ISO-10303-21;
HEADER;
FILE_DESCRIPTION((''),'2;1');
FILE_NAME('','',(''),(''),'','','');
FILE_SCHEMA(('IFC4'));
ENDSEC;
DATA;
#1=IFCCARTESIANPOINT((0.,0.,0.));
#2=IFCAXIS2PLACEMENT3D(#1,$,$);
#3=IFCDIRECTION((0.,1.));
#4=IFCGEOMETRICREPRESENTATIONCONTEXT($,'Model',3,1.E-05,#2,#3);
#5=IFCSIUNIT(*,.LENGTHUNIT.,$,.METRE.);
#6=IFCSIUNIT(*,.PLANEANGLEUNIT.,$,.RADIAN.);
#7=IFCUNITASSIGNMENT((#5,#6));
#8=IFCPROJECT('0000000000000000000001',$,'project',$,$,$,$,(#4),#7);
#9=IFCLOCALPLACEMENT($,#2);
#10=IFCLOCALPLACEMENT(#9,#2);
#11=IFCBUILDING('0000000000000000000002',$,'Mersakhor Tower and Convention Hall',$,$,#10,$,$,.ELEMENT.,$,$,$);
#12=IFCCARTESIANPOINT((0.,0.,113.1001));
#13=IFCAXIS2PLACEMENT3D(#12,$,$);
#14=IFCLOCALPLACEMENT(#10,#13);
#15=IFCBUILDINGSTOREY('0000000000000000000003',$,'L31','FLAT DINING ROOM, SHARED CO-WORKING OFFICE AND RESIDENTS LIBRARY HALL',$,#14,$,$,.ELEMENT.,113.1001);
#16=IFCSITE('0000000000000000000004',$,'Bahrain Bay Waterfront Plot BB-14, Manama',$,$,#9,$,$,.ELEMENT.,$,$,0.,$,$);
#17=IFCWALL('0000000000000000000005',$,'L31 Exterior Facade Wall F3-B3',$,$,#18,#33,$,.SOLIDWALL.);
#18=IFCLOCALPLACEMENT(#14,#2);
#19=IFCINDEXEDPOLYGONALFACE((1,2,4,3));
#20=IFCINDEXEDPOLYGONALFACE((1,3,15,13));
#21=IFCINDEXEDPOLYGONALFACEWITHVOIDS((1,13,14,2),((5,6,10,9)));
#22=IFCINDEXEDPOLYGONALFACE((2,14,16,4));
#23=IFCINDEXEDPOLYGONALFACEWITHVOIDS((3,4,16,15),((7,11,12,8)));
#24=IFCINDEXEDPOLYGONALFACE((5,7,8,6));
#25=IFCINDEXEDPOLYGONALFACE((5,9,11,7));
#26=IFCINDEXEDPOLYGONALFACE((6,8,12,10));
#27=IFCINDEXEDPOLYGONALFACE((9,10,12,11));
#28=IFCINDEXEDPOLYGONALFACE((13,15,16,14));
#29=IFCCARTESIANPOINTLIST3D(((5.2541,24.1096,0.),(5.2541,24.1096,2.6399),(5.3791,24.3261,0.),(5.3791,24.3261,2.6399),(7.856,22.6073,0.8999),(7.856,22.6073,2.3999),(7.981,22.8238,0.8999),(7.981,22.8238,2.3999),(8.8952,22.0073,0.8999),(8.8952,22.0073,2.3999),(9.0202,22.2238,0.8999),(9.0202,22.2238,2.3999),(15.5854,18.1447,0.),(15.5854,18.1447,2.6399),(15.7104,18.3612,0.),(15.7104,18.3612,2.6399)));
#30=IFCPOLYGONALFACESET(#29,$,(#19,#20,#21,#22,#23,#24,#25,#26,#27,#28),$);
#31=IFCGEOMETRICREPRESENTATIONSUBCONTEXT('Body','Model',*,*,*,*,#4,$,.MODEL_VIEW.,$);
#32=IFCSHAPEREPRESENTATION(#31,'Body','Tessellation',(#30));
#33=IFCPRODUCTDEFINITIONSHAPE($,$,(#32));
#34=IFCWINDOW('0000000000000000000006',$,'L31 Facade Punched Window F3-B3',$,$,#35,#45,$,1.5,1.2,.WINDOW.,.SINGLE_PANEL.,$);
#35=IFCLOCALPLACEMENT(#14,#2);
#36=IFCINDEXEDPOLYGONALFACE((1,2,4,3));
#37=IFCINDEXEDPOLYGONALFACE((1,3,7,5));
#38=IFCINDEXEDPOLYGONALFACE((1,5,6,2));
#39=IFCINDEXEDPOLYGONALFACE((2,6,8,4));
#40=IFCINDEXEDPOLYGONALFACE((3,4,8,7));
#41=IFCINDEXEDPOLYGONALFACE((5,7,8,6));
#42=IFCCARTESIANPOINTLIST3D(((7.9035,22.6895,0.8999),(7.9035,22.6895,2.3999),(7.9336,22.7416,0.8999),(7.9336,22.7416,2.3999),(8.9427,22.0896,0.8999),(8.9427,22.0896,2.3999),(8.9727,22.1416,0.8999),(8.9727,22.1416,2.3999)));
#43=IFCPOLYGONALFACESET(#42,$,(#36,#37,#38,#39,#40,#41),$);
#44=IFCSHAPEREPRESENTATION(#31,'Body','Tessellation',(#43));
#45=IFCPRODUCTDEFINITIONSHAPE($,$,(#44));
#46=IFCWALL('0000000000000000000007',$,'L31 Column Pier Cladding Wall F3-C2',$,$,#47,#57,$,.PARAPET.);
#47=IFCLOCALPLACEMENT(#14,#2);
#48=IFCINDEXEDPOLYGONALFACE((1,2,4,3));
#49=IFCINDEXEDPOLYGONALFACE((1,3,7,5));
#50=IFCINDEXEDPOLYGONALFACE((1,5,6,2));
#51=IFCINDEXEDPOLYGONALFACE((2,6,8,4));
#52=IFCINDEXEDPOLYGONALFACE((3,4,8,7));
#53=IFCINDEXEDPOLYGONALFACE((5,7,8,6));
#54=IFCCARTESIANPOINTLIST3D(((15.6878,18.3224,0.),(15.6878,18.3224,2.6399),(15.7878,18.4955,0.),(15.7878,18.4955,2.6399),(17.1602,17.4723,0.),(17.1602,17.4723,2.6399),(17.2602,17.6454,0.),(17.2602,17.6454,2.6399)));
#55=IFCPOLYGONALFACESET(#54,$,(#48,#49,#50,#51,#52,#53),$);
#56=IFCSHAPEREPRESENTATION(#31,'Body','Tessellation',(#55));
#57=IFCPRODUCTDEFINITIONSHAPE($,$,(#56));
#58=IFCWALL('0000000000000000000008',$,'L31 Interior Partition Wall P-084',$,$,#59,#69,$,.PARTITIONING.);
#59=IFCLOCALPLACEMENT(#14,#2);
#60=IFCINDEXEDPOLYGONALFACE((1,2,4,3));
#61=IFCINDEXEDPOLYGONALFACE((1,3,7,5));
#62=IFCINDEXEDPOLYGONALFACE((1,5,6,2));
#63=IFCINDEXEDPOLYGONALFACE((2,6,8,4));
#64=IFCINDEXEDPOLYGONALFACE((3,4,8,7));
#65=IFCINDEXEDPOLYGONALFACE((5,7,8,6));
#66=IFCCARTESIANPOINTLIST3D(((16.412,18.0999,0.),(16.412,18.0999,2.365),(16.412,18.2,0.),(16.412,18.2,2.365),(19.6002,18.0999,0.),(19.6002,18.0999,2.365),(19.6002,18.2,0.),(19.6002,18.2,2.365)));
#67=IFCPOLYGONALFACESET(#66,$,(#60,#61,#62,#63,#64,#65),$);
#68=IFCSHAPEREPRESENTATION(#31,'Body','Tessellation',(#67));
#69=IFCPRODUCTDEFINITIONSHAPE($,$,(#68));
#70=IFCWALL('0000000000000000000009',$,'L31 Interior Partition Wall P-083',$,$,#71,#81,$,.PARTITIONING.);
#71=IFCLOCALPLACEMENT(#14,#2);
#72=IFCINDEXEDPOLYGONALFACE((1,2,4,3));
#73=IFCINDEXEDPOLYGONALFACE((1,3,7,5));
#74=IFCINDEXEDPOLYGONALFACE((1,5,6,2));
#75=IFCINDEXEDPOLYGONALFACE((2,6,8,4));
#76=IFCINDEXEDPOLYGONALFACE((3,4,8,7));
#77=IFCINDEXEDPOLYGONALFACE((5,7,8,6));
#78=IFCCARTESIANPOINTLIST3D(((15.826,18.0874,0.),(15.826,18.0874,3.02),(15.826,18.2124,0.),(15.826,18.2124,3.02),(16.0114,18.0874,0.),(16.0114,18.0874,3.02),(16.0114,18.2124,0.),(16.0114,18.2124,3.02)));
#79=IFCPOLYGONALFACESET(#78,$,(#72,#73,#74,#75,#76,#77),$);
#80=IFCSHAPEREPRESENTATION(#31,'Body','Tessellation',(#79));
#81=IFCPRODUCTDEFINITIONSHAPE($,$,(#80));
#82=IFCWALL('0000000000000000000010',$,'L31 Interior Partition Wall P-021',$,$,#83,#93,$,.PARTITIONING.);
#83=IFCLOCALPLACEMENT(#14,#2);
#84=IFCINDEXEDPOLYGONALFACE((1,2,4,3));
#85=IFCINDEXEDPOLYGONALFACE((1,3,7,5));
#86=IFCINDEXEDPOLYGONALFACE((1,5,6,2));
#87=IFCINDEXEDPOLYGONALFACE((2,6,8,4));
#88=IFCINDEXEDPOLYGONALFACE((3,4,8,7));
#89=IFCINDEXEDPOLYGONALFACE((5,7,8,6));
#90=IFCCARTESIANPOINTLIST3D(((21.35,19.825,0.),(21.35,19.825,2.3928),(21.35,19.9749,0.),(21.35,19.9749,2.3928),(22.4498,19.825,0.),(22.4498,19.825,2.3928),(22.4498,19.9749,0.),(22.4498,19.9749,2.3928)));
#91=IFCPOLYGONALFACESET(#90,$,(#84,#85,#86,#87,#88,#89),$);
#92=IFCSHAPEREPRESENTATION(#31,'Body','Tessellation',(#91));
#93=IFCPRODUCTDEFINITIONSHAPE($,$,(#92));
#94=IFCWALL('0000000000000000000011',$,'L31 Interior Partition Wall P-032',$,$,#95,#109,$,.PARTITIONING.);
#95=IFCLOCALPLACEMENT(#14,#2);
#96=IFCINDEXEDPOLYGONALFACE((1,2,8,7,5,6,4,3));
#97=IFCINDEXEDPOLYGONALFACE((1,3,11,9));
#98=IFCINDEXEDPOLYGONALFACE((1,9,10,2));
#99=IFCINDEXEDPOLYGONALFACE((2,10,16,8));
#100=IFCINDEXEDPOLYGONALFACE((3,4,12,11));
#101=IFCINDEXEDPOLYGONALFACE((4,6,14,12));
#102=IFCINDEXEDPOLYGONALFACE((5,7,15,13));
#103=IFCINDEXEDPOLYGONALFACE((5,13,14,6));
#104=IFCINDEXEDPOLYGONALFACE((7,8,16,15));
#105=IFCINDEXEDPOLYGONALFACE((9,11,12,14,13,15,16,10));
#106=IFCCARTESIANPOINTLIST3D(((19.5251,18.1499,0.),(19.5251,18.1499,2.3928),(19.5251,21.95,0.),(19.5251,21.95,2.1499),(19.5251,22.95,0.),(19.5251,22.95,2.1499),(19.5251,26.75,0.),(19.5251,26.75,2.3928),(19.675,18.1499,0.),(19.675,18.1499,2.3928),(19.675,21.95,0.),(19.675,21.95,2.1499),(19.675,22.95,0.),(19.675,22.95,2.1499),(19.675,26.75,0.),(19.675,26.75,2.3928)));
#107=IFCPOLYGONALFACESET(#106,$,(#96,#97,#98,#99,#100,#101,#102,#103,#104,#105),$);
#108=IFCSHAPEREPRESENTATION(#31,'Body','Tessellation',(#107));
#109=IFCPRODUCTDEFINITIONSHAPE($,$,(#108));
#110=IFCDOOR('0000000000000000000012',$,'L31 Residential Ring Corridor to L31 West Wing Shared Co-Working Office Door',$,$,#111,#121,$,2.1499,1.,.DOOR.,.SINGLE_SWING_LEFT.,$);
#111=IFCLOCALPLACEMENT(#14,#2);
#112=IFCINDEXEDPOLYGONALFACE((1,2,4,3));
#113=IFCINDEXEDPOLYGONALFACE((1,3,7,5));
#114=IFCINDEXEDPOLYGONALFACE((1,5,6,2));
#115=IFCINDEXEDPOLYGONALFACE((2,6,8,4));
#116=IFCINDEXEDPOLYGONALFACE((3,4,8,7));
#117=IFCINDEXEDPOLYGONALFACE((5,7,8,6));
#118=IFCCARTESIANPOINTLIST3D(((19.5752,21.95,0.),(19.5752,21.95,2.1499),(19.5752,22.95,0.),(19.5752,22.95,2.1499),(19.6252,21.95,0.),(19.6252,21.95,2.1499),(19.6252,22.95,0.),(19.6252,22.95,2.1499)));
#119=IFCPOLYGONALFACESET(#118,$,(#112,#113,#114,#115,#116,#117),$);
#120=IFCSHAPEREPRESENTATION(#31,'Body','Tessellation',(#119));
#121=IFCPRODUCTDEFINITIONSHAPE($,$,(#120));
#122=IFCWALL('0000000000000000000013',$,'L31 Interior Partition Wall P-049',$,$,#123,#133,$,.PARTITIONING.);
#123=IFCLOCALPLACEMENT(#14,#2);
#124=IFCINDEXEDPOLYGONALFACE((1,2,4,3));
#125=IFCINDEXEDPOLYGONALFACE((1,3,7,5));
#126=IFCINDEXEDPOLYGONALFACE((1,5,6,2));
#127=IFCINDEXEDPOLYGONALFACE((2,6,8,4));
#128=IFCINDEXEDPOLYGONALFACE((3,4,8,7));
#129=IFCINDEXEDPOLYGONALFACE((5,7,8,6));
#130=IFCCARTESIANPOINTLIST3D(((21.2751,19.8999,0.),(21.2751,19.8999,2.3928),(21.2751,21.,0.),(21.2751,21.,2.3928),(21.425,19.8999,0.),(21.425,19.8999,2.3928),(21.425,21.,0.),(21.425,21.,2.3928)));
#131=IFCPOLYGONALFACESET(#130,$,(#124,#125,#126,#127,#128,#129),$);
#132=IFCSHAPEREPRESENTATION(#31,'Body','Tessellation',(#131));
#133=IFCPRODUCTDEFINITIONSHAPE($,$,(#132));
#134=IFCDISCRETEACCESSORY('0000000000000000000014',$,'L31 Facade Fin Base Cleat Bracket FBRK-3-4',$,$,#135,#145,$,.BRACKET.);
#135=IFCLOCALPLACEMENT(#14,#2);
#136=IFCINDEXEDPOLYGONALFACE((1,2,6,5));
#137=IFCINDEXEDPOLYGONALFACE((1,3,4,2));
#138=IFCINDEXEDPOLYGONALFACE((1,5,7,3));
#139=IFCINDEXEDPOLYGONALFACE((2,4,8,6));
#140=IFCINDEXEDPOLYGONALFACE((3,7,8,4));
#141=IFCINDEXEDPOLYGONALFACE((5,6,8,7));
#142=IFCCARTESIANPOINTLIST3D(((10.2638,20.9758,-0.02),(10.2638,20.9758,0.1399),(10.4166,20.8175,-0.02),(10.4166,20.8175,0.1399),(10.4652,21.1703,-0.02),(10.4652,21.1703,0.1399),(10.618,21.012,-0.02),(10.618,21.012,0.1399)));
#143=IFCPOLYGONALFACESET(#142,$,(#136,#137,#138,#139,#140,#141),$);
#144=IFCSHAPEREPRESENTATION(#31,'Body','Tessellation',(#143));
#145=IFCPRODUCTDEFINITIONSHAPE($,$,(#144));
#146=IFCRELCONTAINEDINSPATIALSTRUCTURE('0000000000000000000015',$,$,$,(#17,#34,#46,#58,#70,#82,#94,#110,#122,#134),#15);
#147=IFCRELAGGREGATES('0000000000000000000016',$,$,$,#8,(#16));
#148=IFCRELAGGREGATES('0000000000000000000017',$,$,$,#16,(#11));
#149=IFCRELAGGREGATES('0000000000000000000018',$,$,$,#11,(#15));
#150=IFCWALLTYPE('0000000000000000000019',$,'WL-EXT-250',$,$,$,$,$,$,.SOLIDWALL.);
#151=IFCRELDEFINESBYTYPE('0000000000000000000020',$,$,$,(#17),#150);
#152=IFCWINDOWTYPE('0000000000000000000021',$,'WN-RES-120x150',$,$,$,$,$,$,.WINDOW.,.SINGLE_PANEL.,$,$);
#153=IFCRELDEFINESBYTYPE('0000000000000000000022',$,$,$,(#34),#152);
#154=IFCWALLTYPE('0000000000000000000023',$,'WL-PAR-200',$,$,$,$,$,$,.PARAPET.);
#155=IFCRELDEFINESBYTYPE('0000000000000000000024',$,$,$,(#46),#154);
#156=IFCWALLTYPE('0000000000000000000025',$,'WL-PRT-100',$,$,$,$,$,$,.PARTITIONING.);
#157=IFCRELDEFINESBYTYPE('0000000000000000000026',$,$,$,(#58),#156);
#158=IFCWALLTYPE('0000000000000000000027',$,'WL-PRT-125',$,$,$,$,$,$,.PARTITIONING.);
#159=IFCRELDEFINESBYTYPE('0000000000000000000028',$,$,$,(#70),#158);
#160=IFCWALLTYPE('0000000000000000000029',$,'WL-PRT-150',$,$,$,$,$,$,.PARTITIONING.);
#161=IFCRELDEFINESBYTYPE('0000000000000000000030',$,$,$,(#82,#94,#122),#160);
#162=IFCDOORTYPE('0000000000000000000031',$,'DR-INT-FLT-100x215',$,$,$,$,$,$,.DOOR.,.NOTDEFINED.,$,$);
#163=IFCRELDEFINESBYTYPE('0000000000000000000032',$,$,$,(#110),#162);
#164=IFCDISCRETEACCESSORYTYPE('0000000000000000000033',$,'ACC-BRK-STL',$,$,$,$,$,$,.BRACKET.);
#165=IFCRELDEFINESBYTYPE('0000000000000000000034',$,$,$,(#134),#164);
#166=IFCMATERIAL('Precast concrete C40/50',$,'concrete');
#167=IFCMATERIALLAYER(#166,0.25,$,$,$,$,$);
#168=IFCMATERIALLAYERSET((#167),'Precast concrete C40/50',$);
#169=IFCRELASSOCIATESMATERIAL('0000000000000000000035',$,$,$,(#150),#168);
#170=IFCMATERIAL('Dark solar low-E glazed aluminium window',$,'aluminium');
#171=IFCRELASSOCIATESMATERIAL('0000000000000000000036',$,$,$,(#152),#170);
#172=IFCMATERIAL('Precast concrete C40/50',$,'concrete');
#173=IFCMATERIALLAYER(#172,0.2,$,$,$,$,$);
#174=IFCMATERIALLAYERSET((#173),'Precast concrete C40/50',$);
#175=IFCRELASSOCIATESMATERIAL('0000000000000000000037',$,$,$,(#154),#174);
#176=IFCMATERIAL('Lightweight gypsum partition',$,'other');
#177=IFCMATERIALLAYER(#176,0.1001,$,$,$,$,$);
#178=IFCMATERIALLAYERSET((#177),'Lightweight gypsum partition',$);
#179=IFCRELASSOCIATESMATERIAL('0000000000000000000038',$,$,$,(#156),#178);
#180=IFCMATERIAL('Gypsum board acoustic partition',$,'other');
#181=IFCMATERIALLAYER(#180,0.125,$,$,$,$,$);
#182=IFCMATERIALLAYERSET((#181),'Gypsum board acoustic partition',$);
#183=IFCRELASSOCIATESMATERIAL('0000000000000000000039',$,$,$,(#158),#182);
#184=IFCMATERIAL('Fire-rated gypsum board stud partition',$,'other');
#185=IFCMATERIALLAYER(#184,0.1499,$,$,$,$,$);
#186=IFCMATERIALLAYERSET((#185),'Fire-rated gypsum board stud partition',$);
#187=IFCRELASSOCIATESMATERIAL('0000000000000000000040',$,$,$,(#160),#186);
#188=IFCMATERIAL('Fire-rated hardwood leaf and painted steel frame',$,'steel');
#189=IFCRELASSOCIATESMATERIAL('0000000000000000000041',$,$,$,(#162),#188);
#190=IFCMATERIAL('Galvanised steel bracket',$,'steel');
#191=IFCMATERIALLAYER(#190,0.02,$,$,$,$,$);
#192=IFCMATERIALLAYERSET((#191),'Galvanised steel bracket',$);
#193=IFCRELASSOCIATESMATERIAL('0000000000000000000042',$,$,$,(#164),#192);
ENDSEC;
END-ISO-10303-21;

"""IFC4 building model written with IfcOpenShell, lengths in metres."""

from ifc_helpers import new_model, si_unit, direction, frame, frame_2d, origin, origin_2d, place, context, subcontext, project, spatial, rectangle, extrude, material, layer, layer_set, type_object, element, fill, save


model = new_model("IFC4")

# Units and contexts
model_context = context("Model", 3, precision=1e-05, world=origin(), true_north=direction((0.0, 1.0)))
body_context = subcontext(model_context, "Body", "Model", "MODEL_VIEW")
ifc_project = project(units=[si_unit("LENGTHUNIT", "METRE"), si_unit("PLANEANGLEUNIT", "RADIAN")], contexts=[model_context])

# Site, building, storey
site_placement = place(None, origin())
site = spatial("IfcSite", under=ifc_project, at=site_placement, Name="Bahrain Bay Waterfront Plot BB-14, Manama", CompositionType="ELEMENT", RefElevation=0.0)
building_placement = place(site_placement, origin())
building = spatial("IfcBuilding", under=site, at=building_placement, Name="Mersakhor Tower and Convention Hall", CompositionType="ELEMENT")
storey_placement = place(building_placement, frame((0.0, 0.0, 113.1001)))
storey = spatial("IfcBuildingStorey", under=building, at=storey_placement, Name="L31", Description="FLAT DINING ROOM, SHARED CO-WORKING OFFICE AND RESIDENTS LIBRARY HALL", CompositionType="ELEMENT", Elevation=113.1001)

# Shared definitions
ifc_material_1 = material(Name="Precast concrete C40/50", Category="concrete")
ifc_layer_1 = layer(ifc_material_1, 0.25)
ifc_layer_set_1 = layer_set([ifc_layer_1], Name="Precast concrete C40/50")
wall_type_1 = type_object("IfcWallType", Name="WL-EXT-250", PredefinedType="SOLIDWALL", material=ifc_layer_set_1)

# Wall, opening, window
wall_1_placement = place(storey_placement, frame((15.6479, 18.2529, 0.0), z_axis=(0.0, 0.0, 1.0), x_axis=(-0.866023, 0.500004, 0.0)))
wall_1 = element("IfcWall", 1, at=wall_1_placement, inside=storey, type_object=wall_type_1, Name="L31 Exterior Facade Wall F3-B3", PredefinedType="SOLIDWALL", context=body_context, shape_type="SweptSolid", body=[
    extrude(rectangle(XDim=11.9297, YDim=0.25, at=frame_2d((5.9648, 0.0))), origin(), (0.0, 0.0, 1.0), 2.6399),
])
opening_1_placement = place(wall_1_placement, frame((7.7251, 0.0, 0.8999)))
opening_1 = element("IfcOpeningElement", 2, at=opening_1_placement, cuts=wall_1, PredefinedType="OPENING", context=body_context, shape_type="SweptSolid", body=[
    extrude(rectangle(XDim=1.2, YDim=1.5, at=frame_2d((0.6001, 0.75))), frame((0.0, 0.135, 0.0), z_axis=(0.0, -1.0, 0.0), x_axis=(1.0, 0.0, 0.0)), (0.0, 0.0, 1.0), 0.27),
])
ifc_material_2 = material(Name="Dark solar low-E glazed aluminium window", Category="aluminium")
window_type = type_object("IfcWindowType", Name="WN-RES-120x150", PartitioningType="SINGLE_PANEL", PredefinedType="WINDOW", material=ifc_material_2)
window_placement = place(opening_1_placement, origin())
window = element("IfcWindow", 3, at=window_placement, inside=storey, type_object=window_type, Name="L31 Facade Punched Window F3-B3", OverallHeight=1.5, OverallWidth=1.2, PartitioningType="SINGLE_PANEL", PredefinedType="WINDOW", context=body_context, shape_type="SweptSolid", body=[
    extrude(rectangle(XDim=1.2, YDim=1.5, at=frame_2d((0.6001, 0.75))), frame((0.0, 0.03, 0.0), z_axis=(0.0, -1.0, 0.0), x_axis=(1.0, 0.0, 0.0)), (0.0, 0.0, 1.0), 0.0601),
])
fill(opening_1, window)

# Walls
ifc_material_3 = material(Name="Precast concrete C40/50", Category="concrete")
ifc_layer_2 = layer(ifc_material_3, 0.2)
ifc_layer_set_2 = layer_set([ifc_layer_2], Name="Precast concrete C40/50")
wall_type_2 = type_object("IfcWallType", Name="WL-PAR-200", PredefinedType="PARAPET", material=ifc_layer_set_2)
wall_2_placement = place(storey_placement, frame((17.2102, 17.5588, 0.0), z_axis=(0.0, 0.0, 1.0), x_axis=(-0.866025, 0.5, 0.0)))
element("IfcWall", 4, at=wall_2_placement, inside=storey, type_object=wall_type_2, Name="L31 Column Pier Cladding Wall F3-C2", PredefinedType="PARAPET", context=body_context, shape_type="SweptSolid", body=[
    extrude(rectangle(XDim=1.7002, YDim=0.2, at=frame_2d((0.8501, 0.0))), origin(), (0.0, 0.0, 1.0), 2.6399),
])
ifc_material_4 = material(Name="Lightweight gypsum partition", Category="other")
ifc_layer_3 = layer(ifc_material_4, 0.1001)
ifc_layer_set_3 = layer_set([ifc_layer_3], Name="Lightweight gypsum partition")
wall_type_3 = type_object("IfcWallType", Name="WL-PRT-100", PredefinedType="PARTITIONING", material=ifc_layer_set_3)
wall_3_placement = place(storey_placement, frame((16.4119, 18.1499, 0.0), z_axis=(0.0, 0.0, 1.0), x_axis=(1.0, 0.0, 0.0)))
element("IfcWall", 5, at=wall_3_placement, inside=storey, type_object=wall_type_3, Name="L31 Interior Partition Wall P-084", PredefinedType="PARTITIONING", context=body_context, shape_type="SweptSolid", body=[
    extrude(rectangle(XDim=3.1882, YDim=0.1001, at=frame_2d((1.5942, 0.0))), origin(), (0.0, 0.0, 1.0), 2.365),
])
ifc_material_5 = material(Name="Gypsum board acoustic partition", Category="other")
ifc_layer_4 = layer(ifc_material_5, 0.125)
ifc_layer_set_4 = layer_set([ifc_layer_4], Name="Gypsum board acoustic partition")
wall_type_4 = type_object("IfcWallType", Name="WL-PRT-125", PredefinedType="PARTITIONING", material=ifc_layer_set_4)
wall_4_placement = place(storey_placement, frame((15.8259, 18.1499, 0.0), z_axis=(0.0, 0.0, 1.0), x_axis=(1.0, 0.0, 0.0)))
element("IfcWall", 6, at=wall_4_placement, inside=storey, type_object=wall_type_4, Name="L31 Interior Partition Wall P-083", PredefinedType="PARTITIONING", context=body_context, shape_type="SweptSolid", body=[
    extrude(rectangle(XDim=0.1853, YDim=0.125, at=frame_2d((0.0928, 0.0))), origin(), (0.0, 0.0, 1.0), 3.02),
])
ifc_material_6 = material(Name="Fire-rated gypsum board stud partition", Category="other")
ifc_layer_5 = layer(ifc_material_6, 0.1499)
ifc_layer_set_5 = layer_set([ifc_layer_5], Name="Fire-rated gypsum board stud partition")
wall_type_5 = type_object("IfcWallType", Name="WL-PRT-150", PredefinedType="PARTITIONING", material=ifc_layer_set_5)
wall_5_placement = place(storey_placement, frame((21.3501, 19.8999, 0.0), z_axis=(0.0, 0.0, 1.0), x_axis=(1.0, 0.0, 0.0)))
element("IfcWall", 7, at=wall_5_placement, inside=storey, type_object=wall_type_5, Name="L31 Interior Partition Wall P-021", PredefinedType="PARTITIONING", context=body_context, shape_type="SweptSolid", body=[
    extrude(rectangle(XDim=1.0999, YDim=0.1499, at=frame_2d((0.5498, 0.0))), origin(), (0.0, 0.0, 1.0), 2.3928),
])

# Wall, opening, door
ifc_material_7 = material(Name="Fire-rated hardwood leaf and painted steel frame", Category="steel")
door_type = type_object("IfcDoorType", Name="DR-INT-FLT-100x215", OperationType="NOTDEFINED", PredefinedType="DOOR", material=ifc_material_7)
wall_6_placement = place(storey_placement, frame((19.6001, 18.1499, 0.0), z_axis=(0.0, 0.0, 1.0), x_axis=(0.0, 1.0, 0.0)))
wall_6 = element("IfcWall", 8, at=wall_6_placement, inside=storey, type_object=wall_type_5, Name="L31 Interior Partition Wall P-032", PredefinedType="PARTITIONING", context=body_context, shape_type="SweptSolid", body=[
    extrude(rectangle(XDim=8.6001, YDim=0.1499, at=frame_2d((4.3, 0.0))), origin(), (0.0, 0.0, 1.0), 2.3928),
])
opening_2_placement = place(wall_6_placement, frame((3.8, 0.0, 0.0)))
opening_2 = element("IfcOpeningElement", 9, at=opening_2_placement, cuts=wall_6, PredefinedType="OPENING", context=body_context, shape_type="SweptSolid", body=[
    extrude(rectangle(XDim=1.0, YDim=2.1499, at=frame_2d((0.5, 1.075))), frame((0.0, 0.085, 0.0), z_axis=(0.0, -1.0, 0.0), x_axis=(1.0, 0.0, 0.0)), (0.0, 0.0, 1.0), 0.1699),
])
door_1_placement = place(opening_2_placement, origin())
door_1 = element("IfcDoor", 10, at=door_1_placement, inside=storey, type_object=door_type, Name="L31 Residential Ring Corridor to L31 West Wing Shared Co-Working Office Door", OperationType="SINGLE_SWING_LEFT", OverallHeight=2.1499, OverallWidth=1.0, PredefinedType="DOOR", context=body_context, shape_type="SweptSolid", body=[
    extrude(rectangle(XDim=1.0, YDim=2.1499, at=frame_2d((0.5, 1.075))), frame((0.0, 0.0249, 0.0), z_axis=(0.0, -1.0, 0.0), x_axis=(1.0, 0.0, 0.0)), (0.0, 0.0, 1.0), 0.05),
])
fill(opening_2, door_1)

# Wall
wall_7_placement = place(storey_placement, frame((21.3501, 21.0, 0.0), z_axis=(0.0, 0.0, 1.0), x_axis=(0.0, -1.0, 0.0)))
element("IfcWall", 11, at=wall_7_placement, inside=storey, type_object=wall_type_5, Name="L31 Interior Partition Wall P-049", PredefinedType="PARTITIONING", context=body_context, shape_type="SweptSolid", body=[
    extrude(rectangle(XDim=1.1001, YDim=0.1499, at=frame_2d((0.55, 0.0))), origin(), (0.0, 0.0, 1.0), 2.3928),
])

# Discrete accessory
ifc_material_8 = material(Name="Galvanised steel bracket", Category="steel")
ifc_layer_6 = layer(ifc_material_8, 0.02)
ifc_layer_set_6 = layer_set([ifc_layer_6], Name="Galvanised steel bracket")
discrete_accessory_type = type_object("IfcDiscreteAccessoryType", Name="ACC-BRK-STL", PredefinedType="BRACKET", material=ifc_layer_set_6)
discrete_accessory_placement = place(storey_placement, frame((10.4409, 20.9939, -0.02), z_axis=(0.0, 0.0, 1.0), x_axis=(-0.71934, -0.694658, 0.0)))
element("IfcDiscreteAccessory", 12, at=discrete_accessory_placement, inside=storey, type_object=discrete_accessory_type, Name="L31 Facade Fin Base Cleat Bracket FBRK-3-4", PredefinedType="BRACKET", context=body_context, shape_type="SweptSolid", body=[
    extrude(rectangle(XDim=0.28, YDim=0.22, at=origin_2d()), origin(), (0.0, 0.0, 1.0), 0.1599),
])

save(model, "model.ifc")
